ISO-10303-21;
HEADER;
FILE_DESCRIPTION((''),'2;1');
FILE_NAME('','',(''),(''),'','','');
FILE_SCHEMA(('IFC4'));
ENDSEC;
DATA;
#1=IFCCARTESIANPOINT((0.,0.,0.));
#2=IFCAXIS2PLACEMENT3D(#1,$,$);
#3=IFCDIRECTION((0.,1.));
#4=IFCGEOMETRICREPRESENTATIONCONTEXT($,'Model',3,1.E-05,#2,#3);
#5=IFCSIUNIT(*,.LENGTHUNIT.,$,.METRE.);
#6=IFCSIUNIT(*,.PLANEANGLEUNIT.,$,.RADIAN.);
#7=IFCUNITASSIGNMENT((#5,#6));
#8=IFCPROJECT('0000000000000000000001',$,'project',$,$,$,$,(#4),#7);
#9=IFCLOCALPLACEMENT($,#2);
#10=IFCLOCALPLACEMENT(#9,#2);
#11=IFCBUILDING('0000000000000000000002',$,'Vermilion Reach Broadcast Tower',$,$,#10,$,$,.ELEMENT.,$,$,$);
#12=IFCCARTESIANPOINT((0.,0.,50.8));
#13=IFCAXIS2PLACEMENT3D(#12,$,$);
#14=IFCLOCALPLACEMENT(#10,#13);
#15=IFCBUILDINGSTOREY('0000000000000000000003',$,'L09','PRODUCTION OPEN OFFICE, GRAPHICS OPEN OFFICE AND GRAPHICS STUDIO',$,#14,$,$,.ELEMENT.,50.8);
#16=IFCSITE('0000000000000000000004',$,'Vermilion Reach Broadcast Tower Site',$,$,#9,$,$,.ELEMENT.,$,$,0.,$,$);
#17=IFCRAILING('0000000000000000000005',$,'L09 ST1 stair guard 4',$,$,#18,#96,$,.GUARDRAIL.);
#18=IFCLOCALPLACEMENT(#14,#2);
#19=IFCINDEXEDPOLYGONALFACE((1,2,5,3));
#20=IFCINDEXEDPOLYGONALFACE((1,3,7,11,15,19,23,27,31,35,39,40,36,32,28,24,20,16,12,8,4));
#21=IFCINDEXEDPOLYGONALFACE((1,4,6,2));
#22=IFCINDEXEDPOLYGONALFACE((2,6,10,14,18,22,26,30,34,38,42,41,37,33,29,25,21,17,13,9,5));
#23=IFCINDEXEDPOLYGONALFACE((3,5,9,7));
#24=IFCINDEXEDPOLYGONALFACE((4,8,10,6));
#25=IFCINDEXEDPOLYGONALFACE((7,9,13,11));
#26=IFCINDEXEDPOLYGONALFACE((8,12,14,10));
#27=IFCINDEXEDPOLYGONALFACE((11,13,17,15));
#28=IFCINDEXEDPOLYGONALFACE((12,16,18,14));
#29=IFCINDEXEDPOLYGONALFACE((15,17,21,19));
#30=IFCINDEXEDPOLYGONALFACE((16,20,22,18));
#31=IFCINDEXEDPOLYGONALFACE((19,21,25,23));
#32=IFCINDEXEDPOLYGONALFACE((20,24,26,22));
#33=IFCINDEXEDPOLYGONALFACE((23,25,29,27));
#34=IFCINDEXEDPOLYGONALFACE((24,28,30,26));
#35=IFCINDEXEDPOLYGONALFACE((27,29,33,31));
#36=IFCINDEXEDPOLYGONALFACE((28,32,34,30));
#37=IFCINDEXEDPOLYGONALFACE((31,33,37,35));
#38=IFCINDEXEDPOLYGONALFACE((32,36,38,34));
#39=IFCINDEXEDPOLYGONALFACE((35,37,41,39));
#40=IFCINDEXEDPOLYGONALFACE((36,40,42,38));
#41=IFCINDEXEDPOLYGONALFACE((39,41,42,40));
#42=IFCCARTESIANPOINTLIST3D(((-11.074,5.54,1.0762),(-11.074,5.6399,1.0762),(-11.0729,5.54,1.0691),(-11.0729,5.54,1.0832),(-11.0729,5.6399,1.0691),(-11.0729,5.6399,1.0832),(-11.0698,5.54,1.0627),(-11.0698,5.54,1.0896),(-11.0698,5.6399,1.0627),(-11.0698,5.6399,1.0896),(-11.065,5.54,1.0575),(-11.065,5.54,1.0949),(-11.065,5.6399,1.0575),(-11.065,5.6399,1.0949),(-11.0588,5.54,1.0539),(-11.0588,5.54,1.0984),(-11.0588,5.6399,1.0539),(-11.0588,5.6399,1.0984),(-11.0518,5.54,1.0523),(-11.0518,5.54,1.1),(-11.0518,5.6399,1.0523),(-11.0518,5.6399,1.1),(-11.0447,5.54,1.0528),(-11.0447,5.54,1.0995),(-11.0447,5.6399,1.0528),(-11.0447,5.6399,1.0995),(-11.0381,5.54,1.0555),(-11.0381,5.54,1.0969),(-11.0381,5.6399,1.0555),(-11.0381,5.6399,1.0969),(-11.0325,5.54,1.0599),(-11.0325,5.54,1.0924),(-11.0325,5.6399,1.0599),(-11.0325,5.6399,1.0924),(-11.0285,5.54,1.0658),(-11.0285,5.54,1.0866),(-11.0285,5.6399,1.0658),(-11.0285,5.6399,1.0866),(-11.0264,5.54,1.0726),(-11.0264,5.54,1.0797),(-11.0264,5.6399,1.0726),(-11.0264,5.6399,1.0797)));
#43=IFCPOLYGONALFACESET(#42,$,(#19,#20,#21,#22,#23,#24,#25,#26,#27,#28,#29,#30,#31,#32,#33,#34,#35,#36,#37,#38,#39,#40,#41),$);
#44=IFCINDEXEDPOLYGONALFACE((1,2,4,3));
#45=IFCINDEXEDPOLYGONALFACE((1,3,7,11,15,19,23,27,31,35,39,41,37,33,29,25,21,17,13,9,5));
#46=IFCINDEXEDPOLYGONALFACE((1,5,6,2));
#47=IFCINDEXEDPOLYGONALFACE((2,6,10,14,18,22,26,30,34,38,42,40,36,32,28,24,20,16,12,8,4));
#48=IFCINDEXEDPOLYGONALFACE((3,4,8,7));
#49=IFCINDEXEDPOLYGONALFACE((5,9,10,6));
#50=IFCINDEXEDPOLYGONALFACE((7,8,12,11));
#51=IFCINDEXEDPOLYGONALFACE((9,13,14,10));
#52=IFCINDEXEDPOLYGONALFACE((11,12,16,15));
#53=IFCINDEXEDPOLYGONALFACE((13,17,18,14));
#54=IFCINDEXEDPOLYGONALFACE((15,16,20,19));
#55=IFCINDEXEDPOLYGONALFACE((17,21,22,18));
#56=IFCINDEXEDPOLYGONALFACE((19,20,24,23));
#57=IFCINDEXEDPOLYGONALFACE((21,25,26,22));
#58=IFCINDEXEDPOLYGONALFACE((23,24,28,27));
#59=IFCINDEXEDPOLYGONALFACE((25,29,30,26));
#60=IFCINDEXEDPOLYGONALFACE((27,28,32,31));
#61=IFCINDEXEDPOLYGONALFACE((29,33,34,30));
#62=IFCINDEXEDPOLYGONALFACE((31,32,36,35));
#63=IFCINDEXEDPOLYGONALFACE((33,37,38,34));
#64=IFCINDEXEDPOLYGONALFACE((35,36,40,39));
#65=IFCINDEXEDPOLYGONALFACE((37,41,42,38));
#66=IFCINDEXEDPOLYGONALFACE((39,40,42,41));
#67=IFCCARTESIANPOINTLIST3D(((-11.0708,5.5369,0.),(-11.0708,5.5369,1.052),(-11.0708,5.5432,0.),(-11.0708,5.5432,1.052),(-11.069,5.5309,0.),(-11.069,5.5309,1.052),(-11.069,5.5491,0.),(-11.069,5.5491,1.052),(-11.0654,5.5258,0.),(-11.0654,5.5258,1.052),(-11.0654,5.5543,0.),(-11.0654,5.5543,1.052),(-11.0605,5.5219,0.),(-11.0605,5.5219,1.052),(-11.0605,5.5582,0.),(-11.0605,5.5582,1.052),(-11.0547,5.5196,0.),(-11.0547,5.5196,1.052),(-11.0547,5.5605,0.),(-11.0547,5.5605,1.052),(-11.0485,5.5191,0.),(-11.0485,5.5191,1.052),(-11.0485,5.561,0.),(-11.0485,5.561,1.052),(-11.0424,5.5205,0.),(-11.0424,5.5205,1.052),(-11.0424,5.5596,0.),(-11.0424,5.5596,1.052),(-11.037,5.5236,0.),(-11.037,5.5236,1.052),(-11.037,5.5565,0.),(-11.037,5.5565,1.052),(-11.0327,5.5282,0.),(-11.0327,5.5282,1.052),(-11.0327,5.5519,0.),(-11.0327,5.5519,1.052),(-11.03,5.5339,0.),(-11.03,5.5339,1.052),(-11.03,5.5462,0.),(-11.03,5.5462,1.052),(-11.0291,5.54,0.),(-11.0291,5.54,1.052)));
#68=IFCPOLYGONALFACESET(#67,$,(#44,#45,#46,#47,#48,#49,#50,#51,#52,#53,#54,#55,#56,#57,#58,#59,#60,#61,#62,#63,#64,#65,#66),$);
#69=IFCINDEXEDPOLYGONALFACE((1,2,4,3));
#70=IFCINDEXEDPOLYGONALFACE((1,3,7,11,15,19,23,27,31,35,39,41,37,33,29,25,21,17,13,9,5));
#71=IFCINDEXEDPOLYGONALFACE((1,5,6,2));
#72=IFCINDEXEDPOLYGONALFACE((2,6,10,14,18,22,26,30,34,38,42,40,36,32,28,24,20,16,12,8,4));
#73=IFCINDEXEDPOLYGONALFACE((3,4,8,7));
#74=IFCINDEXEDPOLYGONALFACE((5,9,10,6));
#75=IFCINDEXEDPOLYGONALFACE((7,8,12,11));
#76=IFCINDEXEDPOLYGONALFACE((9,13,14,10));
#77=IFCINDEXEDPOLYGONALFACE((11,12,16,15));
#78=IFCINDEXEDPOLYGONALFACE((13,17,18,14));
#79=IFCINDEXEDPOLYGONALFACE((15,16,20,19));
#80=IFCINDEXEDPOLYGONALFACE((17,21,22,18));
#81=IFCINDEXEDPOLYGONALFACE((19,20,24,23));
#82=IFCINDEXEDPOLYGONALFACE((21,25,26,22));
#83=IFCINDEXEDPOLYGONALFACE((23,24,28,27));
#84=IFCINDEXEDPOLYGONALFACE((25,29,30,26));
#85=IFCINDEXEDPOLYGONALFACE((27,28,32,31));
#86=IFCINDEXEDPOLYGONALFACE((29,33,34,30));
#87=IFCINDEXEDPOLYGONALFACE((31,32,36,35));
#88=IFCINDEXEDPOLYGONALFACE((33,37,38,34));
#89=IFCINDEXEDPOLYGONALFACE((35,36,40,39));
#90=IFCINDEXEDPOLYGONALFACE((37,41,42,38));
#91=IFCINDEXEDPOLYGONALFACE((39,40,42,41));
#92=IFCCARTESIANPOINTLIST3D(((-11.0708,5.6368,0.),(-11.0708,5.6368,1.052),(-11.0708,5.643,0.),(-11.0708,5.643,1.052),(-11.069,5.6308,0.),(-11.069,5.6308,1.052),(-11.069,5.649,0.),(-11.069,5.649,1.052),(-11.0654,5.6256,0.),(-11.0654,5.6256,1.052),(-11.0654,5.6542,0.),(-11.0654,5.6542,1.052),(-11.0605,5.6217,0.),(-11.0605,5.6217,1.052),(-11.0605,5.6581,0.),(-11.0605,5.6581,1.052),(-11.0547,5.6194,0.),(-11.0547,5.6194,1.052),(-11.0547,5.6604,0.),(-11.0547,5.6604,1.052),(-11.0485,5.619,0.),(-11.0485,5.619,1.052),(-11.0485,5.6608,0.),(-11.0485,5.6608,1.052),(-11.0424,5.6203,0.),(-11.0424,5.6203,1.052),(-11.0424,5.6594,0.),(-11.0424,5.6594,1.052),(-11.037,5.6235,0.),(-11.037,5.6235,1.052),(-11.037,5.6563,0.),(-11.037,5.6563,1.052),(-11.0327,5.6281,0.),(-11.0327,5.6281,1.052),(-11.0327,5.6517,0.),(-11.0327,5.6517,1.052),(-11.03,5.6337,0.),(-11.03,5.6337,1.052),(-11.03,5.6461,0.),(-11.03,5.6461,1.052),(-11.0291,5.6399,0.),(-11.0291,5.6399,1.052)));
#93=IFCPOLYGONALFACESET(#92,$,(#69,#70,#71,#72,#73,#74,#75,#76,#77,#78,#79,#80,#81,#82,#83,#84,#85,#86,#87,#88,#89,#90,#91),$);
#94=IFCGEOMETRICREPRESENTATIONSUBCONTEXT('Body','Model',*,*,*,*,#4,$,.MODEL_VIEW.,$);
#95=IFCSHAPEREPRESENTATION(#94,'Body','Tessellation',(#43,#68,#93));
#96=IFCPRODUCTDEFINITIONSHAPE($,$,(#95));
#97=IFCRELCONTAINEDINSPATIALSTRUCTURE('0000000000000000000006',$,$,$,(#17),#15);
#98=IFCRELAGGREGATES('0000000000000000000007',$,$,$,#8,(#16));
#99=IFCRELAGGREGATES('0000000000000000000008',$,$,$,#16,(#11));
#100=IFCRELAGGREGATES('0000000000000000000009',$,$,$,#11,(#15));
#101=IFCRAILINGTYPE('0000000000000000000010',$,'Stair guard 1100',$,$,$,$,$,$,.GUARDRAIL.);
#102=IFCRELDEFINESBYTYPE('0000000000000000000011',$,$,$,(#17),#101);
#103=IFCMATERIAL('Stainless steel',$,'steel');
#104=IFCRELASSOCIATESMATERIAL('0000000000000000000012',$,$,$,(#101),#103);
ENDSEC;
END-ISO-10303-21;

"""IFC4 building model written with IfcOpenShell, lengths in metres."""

from ifc_helpers import new_model, si_unit, direction, frame, origin, origin_2d, place, context, subcontext, project, spatial, circle, extrude, material, type_object, element, save


model = new_model("IFC4")

# Units and contexts
model_context = context("Model", 3, precision=1e-05, world=origin(), true_north=direction((0.0, 1.0)))
body_context = subcontext(model_context, "Body", "Model", "MODEL_VIEW")
ifc_project = project(units=[si_unit("LENGTHUNIT", "METRE"), si_unit("PLANEANGLEUNIT", "RADIAN")], contexts=[model_context])

# Site, building, storey
site_placement = place(None, origin())
site = spatial("IfcSite", under=ifc_project, at=site_placement, Name="Vermilion Reach Broadcast Tower Site", CompositionType="ELEMENT", RefElevation=0.0)
building_placement = place(site_placement, origin())
building = spatial("IfcBuilding", under=site, at=building_placement, Name="Vermilion Reach Broadcast Tower", CompositionType="ELEMENT")
storey_placement = place(building_placement, frame((0.0, 0.0, 50.8)))
storey = spatial("IfcBuildingStorey", under=building, at=storey_placement, Name="L09", Description="PRODUCTION OPEN OFFICE, GRAPHICS OPEN OFFICE AND GRAPHICS STUDIO", CompositionType="ELEMENT", Elevation=50.8)

# Railing
ifc_material_1 = material(Name="Stainless steel", Category="steel")
railing_type_1 = type_object("IfcRailingType", Name="Stair guard 1100", PredefinedType="GUARDRAIL", material=ifc_material_1)
railing_1_placement = place(storey_placement, frame((-11.05, 5.54, 0.0)))
element("IfcRailing", 1, at=railing_1_placement, inside=storey, type_object=railing_type_1, Name="L09 ST1 stair guard 4", PredefinedType="GUARDRAIL", context=body_context, shape_type="SweptSolid", body=[
    extrude(circle(Radius=0.0239, at=origin_2d()), frame((0.0, 0.0, 1.0762), z_axis=(0.0, 1.0, 0.0), x_axis=(-1.0, 0.0, 0.0)), (0.0, 0.0, 1.0), 0.0999),
    extrude(circle(Radius=0.021, at=origin_2d()), origin(), (0.0, 0.0, 1.0), 1.052),
    extrude(circle(Radius=0.021, at=origin_2d()), frame((0.0, 0.0999, 0.0)), (0.0, 0.0, 1.0), 1.052),
])

save(model, "model.ifc")
